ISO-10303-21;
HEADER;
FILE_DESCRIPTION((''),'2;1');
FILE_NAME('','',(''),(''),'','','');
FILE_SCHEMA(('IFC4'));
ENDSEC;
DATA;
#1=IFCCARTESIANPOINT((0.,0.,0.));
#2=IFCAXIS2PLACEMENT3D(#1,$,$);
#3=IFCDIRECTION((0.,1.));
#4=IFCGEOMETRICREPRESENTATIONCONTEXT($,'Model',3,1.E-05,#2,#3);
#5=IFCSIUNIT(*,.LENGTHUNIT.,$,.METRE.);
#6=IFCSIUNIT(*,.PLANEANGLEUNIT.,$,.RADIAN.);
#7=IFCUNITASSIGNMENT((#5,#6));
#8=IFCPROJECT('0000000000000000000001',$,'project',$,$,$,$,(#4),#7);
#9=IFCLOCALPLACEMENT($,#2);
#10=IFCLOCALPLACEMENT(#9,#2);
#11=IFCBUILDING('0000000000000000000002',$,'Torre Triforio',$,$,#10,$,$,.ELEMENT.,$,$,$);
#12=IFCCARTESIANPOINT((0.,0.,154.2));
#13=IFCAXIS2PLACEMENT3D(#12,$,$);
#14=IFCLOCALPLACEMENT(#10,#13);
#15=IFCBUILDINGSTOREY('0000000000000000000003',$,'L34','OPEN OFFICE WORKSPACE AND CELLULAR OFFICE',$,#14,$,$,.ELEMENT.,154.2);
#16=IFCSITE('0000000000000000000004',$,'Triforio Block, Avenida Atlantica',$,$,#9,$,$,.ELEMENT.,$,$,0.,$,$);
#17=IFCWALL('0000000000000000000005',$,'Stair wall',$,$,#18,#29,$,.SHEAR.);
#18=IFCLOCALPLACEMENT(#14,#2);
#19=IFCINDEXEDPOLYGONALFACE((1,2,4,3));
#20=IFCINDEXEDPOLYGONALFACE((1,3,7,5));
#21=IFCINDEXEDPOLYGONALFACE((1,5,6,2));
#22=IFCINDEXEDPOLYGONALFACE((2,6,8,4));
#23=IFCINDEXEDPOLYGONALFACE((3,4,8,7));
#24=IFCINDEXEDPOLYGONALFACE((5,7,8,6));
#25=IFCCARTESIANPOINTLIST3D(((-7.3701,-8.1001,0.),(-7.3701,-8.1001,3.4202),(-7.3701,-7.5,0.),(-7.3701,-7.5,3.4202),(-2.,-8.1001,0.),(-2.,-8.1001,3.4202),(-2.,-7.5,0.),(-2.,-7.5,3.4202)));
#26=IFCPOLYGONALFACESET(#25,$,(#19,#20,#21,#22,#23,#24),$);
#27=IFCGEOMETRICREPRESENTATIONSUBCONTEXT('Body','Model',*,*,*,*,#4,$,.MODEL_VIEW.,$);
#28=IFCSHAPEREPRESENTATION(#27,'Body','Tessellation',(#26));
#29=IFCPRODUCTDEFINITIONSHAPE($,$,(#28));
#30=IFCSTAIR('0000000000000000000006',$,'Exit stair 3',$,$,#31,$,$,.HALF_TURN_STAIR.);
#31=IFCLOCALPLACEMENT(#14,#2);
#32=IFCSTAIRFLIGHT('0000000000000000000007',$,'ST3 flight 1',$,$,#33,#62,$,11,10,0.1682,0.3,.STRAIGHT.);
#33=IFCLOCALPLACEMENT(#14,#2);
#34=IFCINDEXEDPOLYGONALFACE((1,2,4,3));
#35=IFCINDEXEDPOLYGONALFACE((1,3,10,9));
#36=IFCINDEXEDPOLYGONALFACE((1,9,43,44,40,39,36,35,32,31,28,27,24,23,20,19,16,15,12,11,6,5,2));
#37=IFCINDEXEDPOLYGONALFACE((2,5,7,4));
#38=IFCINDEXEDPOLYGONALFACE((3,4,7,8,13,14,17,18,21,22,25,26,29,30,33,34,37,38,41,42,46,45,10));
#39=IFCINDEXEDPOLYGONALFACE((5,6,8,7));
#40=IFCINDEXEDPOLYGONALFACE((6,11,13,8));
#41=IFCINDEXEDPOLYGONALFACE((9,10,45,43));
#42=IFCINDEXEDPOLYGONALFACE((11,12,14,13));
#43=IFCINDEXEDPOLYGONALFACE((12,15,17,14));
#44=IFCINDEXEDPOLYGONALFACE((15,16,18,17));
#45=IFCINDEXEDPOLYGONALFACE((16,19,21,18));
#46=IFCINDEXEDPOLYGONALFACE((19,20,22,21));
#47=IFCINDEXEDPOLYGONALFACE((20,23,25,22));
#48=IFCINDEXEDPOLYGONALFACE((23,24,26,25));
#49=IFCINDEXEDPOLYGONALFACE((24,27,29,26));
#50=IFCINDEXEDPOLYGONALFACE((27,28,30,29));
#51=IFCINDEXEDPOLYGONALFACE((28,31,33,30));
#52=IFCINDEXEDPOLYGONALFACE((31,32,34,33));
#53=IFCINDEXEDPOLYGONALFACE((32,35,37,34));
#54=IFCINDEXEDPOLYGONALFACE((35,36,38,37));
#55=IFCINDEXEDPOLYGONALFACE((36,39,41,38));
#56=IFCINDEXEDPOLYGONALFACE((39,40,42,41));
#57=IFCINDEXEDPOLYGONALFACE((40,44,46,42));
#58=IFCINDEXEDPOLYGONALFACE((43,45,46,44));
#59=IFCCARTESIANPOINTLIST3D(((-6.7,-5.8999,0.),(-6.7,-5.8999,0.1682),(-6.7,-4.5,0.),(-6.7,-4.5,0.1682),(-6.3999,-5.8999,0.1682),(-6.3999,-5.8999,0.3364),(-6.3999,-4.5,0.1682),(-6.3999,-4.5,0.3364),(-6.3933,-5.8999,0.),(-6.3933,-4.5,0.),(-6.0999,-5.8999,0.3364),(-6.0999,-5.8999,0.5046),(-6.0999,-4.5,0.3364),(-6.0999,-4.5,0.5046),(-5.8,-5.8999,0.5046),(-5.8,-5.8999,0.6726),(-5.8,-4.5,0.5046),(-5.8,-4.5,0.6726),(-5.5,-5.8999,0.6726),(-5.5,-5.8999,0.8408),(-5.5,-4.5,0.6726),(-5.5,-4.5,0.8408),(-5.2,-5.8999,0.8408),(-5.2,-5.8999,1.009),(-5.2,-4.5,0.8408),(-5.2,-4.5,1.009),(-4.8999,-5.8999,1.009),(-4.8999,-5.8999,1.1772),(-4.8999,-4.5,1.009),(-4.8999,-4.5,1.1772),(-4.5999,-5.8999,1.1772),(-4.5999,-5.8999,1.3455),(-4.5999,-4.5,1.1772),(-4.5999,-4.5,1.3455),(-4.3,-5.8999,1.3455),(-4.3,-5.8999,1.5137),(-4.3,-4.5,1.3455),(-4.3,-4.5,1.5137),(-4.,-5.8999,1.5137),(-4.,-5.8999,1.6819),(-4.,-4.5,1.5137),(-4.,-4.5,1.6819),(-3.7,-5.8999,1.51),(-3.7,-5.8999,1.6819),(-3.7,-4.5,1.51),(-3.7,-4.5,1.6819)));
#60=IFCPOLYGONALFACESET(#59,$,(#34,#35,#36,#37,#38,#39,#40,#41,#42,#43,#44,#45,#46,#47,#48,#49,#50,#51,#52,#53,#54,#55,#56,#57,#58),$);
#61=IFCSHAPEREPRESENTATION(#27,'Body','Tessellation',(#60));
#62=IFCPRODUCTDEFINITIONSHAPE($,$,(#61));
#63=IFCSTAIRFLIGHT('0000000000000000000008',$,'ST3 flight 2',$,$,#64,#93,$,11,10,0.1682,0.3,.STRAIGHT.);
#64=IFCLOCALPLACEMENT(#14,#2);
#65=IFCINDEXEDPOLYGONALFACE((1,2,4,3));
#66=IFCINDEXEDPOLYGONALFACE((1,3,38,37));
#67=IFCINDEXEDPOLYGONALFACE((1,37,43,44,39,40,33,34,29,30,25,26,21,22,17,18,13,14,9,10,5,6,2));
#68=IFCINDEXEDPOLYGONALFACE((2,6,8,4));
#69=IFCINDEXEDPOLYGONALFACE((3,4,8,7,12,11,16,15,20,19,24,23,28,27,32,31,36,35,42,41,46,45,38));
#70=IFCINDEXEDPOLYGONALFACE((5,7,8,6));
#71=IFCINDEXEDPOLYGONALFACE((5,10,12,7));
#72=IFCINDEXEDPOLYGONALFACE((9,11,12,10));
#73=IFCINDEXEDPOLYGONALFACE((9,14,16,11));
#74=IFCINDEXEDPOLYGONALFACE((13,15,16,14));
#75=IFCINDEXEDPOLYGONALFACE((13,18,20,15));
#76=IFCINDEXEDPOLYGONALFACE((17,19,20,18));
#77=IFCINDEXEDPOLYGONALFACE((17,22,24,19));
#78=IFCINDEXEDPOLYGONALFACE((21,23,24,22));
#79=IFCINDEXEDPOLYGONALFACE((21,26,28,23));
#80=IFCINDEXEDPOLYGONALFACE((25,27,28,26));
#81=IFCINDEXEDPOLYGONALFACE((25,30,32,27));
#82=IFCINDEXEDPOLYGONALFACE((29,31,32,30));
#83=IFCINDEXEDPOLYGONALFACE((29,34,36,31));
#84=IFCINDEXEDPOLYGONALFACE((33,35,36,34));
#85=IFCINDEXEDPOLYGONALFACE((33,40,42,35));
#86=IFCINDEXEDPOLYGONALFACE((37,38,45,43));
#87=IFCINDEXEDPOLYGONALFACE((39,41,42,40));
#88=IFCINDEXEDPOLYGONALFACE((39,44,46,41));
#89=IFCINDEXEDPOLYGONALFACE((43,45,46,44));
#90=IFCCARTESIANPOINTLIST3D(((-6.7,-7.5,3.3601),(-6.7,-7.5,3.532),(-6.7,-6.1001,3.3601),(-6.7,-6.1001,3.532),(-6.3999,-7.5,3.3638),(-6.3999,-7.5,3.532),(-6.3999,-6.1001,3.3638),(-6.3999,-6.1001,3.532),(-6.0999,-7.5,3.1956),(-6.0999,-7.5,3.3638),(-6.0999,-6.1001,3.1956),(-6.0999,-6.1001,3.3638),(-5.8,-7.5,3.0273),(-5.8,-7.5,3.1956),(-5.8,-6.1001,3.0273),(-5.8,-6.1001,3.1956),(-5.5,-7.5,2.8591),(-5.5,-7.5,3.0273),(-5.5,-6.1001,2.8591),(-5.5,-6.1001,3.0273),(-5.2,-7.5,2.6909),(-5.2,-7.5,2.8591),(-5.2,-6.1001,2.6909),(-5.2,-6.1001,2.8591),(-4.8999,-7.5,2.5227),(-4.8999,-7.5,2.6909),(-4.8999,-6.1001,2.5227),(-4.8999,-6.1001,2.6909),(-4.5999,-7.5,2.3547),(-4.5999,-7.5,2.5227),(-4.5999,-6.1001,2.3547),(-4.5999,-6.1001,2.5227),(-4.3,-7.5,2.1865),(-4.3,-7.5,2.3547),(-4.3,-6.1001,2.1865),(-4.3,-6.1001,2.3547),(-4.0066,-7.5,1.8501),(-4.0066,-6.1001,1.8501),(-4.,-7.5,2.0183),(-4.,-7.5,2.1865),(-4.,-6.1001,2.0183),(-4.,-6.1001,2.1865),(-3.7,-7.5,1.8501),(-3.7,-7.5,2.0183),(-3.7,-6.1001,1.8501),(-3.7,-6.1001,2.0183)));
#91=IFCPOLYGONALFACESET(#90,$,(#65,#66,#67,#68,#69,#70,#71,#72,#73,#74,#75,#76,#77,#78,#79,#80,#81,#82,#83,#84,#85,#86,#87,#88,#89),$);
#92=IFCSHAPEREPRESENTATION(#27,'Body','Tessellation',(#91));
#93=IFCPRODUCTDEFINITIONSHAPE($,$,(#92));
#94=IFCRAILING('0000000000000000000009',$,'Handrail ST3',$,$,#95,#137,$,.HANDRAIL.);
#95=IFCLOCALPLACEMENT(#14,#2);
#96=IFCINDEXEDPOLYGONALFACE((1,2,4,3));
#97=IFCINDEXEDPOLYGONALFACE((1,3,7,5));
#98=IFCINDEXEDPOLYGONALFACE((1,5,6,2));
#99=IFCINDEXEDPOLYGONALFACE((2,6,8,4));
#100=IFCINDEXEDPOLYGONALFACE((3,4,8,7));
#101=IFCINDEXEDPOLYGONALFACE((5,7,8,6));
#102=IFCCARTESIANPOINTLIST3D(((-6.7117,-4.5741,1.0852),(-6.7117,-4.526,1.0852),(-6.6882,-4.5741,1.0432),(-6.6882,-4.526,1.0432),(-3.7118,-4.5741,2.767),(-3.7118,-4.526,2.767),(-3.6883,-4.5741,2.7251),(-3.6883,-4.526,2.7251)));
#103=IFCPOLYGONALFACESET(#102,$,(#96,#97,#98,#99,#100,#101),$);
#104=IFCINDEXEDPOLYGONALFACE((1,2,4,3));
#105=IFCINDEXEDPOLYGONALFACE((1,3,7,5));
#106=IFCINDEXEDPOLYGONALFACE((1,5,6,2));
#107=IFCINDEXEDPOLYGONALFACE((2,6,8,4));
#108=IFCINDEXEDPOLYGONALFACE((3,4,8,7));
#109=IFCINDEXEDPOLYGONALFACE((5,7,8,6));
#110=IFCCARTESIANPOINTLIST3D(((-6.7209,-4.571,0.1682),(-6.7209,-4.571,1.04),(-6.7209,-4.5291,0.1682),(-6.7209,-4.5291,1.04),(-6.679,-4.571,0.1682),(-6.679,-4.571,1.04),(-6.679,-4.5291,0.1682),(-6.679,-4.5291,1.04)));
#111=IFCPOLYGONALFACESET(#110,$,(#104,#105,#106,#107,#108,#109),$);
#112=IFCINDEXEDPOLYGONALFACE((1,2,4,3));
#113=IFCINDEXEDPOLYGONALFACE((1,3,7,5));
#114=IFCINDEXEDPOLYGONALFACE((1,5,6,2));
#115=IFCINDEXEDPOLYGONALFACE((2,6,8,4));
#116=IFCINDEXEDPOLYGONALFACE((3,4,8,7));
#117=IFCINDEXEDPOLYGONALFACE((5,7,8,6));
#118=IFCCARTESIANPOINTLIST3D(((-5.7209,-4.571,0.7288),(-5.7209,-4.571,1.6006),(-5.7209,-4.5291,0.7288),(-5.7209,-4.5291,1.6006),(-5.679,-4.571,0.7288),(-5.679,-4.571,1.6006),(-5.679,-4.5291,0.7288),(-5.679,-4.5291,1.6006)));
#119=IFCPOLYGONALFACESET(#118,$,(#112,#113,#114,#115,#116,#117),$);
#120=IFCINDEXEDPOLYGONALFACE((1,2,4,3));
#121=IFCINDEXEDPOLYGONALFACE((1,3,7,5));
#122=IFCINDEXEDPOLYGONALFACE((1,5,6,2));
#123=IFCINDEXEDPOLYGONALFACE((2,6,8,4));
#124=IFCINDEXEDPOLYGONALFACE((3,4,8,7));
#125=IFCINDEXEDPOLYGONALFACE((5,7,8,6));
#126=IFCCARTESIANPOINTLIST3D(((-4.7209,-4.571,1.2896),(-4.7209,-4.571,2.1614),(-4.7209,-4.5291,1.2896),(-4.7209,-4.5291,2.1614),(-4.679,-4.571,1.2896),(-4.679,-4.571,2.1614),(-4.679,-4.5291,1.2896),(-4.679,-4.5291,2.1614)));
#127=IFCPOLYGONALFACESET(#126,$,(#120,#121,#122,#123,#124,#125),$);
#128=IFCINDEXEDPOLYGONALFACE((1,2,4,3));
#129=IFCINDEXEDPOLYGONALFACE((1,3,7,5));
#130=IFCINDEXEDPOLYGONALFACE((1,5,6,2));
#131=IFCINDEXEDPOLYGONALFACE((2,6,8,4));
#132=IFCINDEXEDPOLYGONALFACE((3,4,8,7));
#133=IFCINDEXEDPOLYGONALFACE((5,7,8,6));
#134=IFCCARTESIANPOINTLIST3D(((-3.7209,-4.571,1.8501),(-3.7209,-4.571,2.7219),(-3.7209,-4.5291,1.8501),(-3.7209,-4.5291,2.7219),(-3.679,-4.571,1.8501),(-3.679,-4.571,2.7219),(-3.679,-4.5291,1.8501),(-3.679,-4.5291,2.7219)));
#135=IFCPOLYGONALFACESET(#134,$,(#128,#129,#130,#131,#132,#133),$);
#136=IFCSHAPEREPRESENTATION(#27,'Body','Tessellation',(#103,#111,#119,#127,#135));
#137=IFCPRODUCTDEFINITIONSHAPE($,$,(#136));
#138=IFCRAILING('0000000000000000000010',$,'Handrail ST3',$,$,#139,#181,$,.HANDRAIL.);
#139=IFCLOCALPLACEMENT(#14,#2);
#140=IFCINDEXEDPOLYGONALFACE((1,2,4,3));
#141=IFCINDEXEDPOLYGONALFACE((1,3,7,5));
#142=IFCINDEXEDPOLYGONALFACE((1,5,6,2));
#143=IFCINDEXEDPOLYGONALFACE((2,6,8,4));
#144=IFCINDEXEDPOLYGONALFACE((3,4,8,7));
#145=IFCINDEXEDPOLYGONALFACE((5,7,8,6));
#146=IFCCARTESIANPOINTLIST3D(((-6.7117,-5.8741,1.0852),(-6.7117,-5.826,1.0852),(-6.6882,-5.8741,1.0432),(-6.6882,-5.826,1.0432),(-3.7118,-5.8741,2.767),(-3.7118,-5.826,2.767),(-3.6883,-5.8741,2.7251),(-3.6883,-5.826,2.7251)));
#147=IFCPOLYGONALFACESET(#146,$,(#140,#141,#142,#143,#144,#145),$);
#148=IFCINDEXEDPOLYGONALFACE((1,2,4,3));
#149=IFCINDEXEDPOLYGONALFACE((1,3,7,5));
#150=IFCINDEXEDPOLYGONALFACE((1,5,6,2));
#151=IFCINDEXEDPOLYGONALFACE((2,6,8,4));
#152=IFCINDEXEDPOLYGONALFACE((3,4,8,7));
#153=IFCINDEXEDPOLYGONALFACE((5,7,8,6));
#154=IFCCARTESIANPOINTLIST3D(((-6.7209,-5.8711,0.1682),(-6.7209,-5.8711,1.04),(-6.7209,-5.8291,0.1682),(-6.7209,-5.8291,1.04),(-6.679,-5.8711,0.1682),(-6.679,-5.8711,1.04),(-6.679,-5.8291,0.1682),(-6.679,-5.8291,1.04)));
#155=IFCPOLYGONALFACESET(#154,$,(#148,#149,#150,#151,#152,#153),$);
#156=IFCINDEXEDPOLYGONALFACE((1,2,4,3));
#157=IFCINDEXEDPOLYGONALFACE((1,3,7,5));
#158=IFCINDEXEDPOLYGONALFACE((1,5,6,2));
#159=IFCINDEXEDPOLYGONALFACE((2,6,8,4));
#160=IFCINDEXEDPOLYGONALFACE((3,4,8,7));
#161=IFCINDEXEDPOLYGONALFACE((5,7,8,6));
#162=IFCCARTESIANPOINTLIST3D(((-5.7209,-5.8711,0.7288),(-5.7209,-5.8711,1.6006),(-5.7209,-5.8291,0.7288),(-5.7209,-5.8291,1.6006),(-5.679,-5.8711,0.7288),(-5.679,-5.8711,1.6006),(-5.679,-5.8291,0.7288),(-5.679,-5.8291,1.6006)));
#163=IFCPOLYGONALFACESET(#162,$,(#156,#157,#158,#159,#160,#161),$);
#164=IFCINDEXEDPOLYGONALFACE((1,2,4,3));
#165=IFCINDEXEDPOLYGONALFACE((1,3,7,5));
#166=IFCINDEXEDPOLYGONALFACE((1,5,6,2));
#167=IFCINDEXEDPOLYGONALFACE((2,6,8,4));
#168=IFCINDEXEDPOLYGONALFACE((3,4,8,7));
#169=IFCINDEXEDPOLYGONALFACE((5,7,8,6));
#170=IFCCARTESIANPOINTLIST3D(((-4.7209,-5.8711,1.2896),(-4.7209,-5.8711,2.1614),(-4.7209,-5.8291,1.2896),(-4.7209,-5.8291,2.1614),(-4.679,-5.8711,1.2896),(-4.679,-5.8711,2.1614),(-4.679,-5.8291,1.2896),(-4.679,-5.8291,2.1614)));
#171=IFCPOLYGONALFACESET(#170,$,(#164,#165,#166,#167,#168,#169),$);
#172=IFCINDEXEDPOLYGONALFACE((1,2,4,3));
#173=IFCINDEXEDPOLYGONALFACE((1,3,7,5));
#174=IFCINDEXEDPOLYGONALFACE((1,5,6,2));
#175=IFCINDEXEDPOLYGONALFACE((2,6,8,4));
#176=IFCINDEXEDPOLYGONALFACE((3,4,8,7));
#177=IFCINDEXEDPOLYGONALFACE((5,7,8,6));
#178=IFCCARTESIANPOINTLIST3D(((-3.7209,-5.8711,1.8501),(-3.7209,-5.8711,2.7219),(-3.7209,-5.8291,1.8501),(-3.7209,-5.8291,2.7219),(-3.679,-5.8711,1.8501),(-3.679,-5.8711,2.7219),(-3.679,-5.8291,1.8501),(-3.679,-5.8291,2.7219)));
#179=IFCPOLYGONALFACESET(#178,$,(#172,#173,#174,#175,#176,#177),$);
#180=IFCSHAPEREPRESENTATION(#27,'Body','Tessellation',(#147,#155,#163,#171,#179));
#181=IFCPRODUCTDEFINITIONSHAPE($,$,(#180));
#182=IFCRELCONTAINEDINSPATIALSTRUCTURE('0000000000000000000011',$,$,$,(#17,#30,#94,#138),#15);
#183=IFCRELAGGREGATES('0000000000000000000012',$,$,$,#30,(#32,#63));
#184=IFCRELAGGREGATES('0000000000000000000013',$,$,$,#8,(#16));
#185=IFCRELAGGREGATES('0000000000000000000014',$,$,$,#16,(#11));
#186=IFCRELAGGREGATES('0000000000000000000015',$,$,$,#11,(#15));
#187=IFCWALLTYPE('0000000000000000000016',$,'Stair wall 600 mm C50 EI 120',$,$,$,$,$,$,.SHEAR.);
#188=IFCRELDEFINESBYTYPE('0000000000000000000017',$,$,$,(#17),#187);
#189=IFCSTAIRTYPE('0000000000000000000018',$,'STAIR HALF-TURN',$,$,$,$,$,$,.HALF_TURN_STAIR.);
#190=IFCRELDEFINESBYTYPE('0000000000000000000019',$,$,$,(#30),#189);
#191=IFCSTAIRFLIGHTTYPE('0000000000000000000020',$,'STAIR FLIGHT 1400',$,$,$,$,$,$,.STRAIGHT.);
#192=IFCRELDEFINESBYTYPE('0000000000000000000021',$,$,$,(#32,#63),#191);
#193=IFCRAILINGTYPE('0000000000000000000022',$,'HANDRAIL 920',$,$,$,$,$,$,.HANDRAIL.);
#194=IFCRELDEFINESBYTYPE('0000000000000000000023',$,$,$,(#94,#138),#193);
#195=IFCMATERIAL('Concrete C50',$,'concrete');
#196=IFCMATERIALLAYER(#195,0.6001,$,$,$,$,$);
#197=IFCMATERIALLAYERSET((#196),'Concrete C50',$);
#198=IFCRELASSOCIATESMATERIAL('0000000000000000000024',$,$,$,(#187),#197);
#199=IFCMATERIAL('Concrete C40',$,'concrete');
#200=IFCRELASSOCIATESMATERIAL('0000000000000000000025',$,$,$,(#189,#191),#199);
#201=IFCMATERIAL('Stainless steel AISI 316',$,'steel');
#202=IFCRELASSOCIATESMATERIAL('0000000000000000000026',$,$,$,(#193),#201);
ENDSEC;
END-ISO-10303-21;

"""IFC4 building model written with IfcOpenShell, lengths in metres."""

from ifc_helpers import new_model, si_unit, direction, frame, frame_2d, origin, origin_2d, place, context, subcontext, project, spatial, polyline, rectangle, outline, extrude, material, layer, layer_set, type_object, element, aggregate, save


model = new_model("IFC4")

# Units and contexts
model_context = context("Model", 3, precision=1e-05, world=origin(), true_north=direction((0.0, 1.0)))
body_context = subcontext(model_context, "Body", "Model", "MODEL_VIEW")
ifc_project = project(units=[si_unit("LENGTHUNIT", "METRE"), si_unit("PLANEANGLEUNIT", "RADIAN")], contexts=[model_context])

# Site, building, storey
site_placement = place(None, origin())
site = spatial("IfcSite", under=ifc_project, at=site_placement, Name="Triforio Block, Avenida Atlantica", CompositionType="ELEMENT", RefElevation=0.0)
building_placement = place(site_placement, origin())
building = spatial("IfcBuilding", under=site, at=building_placement, Name="Torre Triforio", CompositionType="ELEMENT")
storey_placement = place(building_placement, frame((0.0, 0.0, 154.2)))
storey = spatial("IfcBuildingStorey", under=building, at=storey_placement, Name="L34", Description="OPEN OFFICE WORKSPACE AND CELLULAR OFFICE", CompositionType="ELEMENT", Elevation=154.2)

# Shared definitions
ifc_material_1 = material(Name="Concrete C40", Category="concrete")

# Shared definitions
ifc_material_2 = material(Name="Concrete C50", Category="concrete")

# Wall
ifc_layer_1 = layer(ifc_material_2, 0.6001)
ifc_layer_set_1 = layer_set([ifc_layer_1], Name="Concrete C50")
wall_type_1 = type_object("IfcWallType", Name="Stair wall 600 mm C50 EI 120", PredefinedType="SHEAR", material=ifc_layer_set_1)
wall_1_placement = place(storey_placement, frame((-7.3701, -7.8, 0.0), z_axis=(0.0, 0.0, 1.0), x_axis=(1.0, 0.0, 0.0)))
element("IfcWall", 1, at=wall_1_placement, inside=storey, type_object=wall_type_1, Name="Stair wall", PredefinedType="SHEAR", context=body_context, shape_type="SweptSolid", body=[
    extrude(rectangle(XDim=5.3701, YDim=0.6001, at=frame_2d((2.6851, 0.0))), origin(), (0.0, 0.0, 1.0), 3.4202),
])

# Stair, stair flights
stair_type = type_object("IfcStairType", Name="STAIR HALF-TURN", PredefinedType="HALF_TURN_STAIR", material=ifc_material_1)
stair_placement = place(storey_placement, origin())
stair = element("IfcStair", 2, at=stair_placement, inside=storey, type_object=stair_type, Name="Exit stair 3", PredefinedType="HALF_TURN_STAIR")
stair_flight_type = type_object("IfcStairFlightType", Name="STAIR FLIGHT 1400", PredefinedType="STRAIGHT", material=ifc_material_1)
stair_flight_1_placement = place(storey_placement, frame((-6.7, -5.2, 0.0), z_axis=(0.0, 0.0, 1.0), x_axis=(1.0, 0.0, 0.0)))
stair_flight_1 = element("IfcStairFlight", 3, at=stair_flight_1_placement, type_object=stair_flight_type, Name="ST3 flight 1", NumberOfRisers=11, NumberOfTreads=10, PredefinedType="STRAIGHT", RiserHeight=0.1682, TreadLength=0.3, context=body_context, shape_type="SweptSolid", body=[
    extrude(outline(polyline([(0.0, 0.0), (0.0, 0.1682), (0.3, 0.1682), (0.3, 0.3364), (0.6001, 0.3364), (0.6001, 0.5046), (0.8999, 0.5046), (0.8999, 0.6726), (1.2, 0.6726), (1.2, 0.8408), (1.5, 0.8408), (1.5, 1.009), (1.8, 1.009), (1.8, 1.1772), (2.1001, 1.1772), (2.1001, 1.3455), (2.3999, 1.3455), (2.3999, 1.5137), (2.7, 1.5137), (2.7, 1.6819), (3.0, 1.6819), (3.0, 1.8501), (3.0, 1.51), (0.3066, 0.0), (0.0, 0.0)])), frame((0.0, 0.7, 0.0), z_axis=(0.0, -1.0, 0.0), x_axis=(1.0, 0.0, 0.0)), (0.0, 0.0, 1.0), 1.3999),
])
stair_flight_2_placement = place(storey_placement, frame((-3.7, -6.8, 1.8501), z_axis=(0.0, 0.0, 1.0), x_axis=(-1.0, 0.0, 0.0)))
stair_flight_2 = element("IfcStairFlight", 4, at=stair_flight_2_placement, type_object=stair_flight_type, Name="ST3 flight 2", NumberOfRisers=11, NumberOfTreads=10, PredefinedType="STRAIGHT", RiserHeight=0.1682, TreadLength=0.3, context=body_context, shape_type="SweptSolid", body=[
    extrude(outline(polyline([(0.0, 0.0), (0.0, 0.1682), (0.3, 0.1682), (0.3, 0.3364), (0.6001, 0.3364), (0.6001, 0.5046), (0.8999, 0.5046), (0.8999, 0.6726), (1.2, 0.6726), (1.2, 0.8408), (1.5, 0.8408), (1.5, 1.009), (1.8, 1.009), (1.8, 1.1772), (2.1001, 1.1772), (2.1001, 1.3455), (2.3999, 1.3455), (2.3999, 1.5137), (2.7, 1.5137), (2.7, 1.6819), (3.0, 1.6819), (3.0, 1.8501), (3.0, 1.51), (0.3066, 0.0), (0.0, 0.0)])), frame((0.0, 0.7, 0.0), z_axis=(0.0, -1.0, 0.0), x_axis=(1.0, 0.0, 0.0)), (0.0, 0.0, 1.0), 1.3999),
])
aggregate(stair, [stair_flight_1, stair_flight_2])

# Railings
ifc_material_3 = material(Name="Stainless steel AISI 316", Category="steel")
railing_type = type_object("IfcRailingType", Name="HANDRAIL 920", PredefinedType="HANDRAIL", material=ifc_material_3)
for number, where, name in (
    (5, (-6.7, -4.55, 0.1682), "Handrail ST3"),
    (6, (-6.7, -5.8501, 0.1682), "Handrail ST3"),
):
    element("IfcRailing", number, at=place(storey_placement, frame(where)), inside=storey, type_object=railing_type, Name=name, PredefinedType="HANDRAIL", context=body_context, shape_type="SweptSolid", body=[
        extrude(rectangle(XDim=0.0481, YDim=0.0481, at=origin_2d()), frame((0.0, 0.0, 0.896), z_axis=(0.872272, 0.0, 0.48902), x_axis=(0.0, 1.0, 0.0)), (0.0, 0.0, 1.0), 3.4392),
        extrude(rectangle(XDim=0.042, YDim=0.042, at=origin_2d()), origin(), (0.0, 0.0, 1.0), 0.8718),
        extrude(rectangle(XDim=0.042, YDim=0.042, at=origin_2d()), frame((1.0, 0.0, 0.5605)), (0.0, 0.0, 1.0), 0.8718),
        extrude(rectangle(XDim=0.042, YDim=0.042, at=origin_2d()), frame((2.0, 0.0, 1.1213)), (0.0, 0.0, 1.0), 0.8718),
        extrude(rectangle(XDim=0.042, YDim=0.042, at=origin_2d()), frame((3.0, 0.0, 1.6819)), (0.0, 0.0, 1.0), 0.8718),
    ])

save(model, "model.ifc")
